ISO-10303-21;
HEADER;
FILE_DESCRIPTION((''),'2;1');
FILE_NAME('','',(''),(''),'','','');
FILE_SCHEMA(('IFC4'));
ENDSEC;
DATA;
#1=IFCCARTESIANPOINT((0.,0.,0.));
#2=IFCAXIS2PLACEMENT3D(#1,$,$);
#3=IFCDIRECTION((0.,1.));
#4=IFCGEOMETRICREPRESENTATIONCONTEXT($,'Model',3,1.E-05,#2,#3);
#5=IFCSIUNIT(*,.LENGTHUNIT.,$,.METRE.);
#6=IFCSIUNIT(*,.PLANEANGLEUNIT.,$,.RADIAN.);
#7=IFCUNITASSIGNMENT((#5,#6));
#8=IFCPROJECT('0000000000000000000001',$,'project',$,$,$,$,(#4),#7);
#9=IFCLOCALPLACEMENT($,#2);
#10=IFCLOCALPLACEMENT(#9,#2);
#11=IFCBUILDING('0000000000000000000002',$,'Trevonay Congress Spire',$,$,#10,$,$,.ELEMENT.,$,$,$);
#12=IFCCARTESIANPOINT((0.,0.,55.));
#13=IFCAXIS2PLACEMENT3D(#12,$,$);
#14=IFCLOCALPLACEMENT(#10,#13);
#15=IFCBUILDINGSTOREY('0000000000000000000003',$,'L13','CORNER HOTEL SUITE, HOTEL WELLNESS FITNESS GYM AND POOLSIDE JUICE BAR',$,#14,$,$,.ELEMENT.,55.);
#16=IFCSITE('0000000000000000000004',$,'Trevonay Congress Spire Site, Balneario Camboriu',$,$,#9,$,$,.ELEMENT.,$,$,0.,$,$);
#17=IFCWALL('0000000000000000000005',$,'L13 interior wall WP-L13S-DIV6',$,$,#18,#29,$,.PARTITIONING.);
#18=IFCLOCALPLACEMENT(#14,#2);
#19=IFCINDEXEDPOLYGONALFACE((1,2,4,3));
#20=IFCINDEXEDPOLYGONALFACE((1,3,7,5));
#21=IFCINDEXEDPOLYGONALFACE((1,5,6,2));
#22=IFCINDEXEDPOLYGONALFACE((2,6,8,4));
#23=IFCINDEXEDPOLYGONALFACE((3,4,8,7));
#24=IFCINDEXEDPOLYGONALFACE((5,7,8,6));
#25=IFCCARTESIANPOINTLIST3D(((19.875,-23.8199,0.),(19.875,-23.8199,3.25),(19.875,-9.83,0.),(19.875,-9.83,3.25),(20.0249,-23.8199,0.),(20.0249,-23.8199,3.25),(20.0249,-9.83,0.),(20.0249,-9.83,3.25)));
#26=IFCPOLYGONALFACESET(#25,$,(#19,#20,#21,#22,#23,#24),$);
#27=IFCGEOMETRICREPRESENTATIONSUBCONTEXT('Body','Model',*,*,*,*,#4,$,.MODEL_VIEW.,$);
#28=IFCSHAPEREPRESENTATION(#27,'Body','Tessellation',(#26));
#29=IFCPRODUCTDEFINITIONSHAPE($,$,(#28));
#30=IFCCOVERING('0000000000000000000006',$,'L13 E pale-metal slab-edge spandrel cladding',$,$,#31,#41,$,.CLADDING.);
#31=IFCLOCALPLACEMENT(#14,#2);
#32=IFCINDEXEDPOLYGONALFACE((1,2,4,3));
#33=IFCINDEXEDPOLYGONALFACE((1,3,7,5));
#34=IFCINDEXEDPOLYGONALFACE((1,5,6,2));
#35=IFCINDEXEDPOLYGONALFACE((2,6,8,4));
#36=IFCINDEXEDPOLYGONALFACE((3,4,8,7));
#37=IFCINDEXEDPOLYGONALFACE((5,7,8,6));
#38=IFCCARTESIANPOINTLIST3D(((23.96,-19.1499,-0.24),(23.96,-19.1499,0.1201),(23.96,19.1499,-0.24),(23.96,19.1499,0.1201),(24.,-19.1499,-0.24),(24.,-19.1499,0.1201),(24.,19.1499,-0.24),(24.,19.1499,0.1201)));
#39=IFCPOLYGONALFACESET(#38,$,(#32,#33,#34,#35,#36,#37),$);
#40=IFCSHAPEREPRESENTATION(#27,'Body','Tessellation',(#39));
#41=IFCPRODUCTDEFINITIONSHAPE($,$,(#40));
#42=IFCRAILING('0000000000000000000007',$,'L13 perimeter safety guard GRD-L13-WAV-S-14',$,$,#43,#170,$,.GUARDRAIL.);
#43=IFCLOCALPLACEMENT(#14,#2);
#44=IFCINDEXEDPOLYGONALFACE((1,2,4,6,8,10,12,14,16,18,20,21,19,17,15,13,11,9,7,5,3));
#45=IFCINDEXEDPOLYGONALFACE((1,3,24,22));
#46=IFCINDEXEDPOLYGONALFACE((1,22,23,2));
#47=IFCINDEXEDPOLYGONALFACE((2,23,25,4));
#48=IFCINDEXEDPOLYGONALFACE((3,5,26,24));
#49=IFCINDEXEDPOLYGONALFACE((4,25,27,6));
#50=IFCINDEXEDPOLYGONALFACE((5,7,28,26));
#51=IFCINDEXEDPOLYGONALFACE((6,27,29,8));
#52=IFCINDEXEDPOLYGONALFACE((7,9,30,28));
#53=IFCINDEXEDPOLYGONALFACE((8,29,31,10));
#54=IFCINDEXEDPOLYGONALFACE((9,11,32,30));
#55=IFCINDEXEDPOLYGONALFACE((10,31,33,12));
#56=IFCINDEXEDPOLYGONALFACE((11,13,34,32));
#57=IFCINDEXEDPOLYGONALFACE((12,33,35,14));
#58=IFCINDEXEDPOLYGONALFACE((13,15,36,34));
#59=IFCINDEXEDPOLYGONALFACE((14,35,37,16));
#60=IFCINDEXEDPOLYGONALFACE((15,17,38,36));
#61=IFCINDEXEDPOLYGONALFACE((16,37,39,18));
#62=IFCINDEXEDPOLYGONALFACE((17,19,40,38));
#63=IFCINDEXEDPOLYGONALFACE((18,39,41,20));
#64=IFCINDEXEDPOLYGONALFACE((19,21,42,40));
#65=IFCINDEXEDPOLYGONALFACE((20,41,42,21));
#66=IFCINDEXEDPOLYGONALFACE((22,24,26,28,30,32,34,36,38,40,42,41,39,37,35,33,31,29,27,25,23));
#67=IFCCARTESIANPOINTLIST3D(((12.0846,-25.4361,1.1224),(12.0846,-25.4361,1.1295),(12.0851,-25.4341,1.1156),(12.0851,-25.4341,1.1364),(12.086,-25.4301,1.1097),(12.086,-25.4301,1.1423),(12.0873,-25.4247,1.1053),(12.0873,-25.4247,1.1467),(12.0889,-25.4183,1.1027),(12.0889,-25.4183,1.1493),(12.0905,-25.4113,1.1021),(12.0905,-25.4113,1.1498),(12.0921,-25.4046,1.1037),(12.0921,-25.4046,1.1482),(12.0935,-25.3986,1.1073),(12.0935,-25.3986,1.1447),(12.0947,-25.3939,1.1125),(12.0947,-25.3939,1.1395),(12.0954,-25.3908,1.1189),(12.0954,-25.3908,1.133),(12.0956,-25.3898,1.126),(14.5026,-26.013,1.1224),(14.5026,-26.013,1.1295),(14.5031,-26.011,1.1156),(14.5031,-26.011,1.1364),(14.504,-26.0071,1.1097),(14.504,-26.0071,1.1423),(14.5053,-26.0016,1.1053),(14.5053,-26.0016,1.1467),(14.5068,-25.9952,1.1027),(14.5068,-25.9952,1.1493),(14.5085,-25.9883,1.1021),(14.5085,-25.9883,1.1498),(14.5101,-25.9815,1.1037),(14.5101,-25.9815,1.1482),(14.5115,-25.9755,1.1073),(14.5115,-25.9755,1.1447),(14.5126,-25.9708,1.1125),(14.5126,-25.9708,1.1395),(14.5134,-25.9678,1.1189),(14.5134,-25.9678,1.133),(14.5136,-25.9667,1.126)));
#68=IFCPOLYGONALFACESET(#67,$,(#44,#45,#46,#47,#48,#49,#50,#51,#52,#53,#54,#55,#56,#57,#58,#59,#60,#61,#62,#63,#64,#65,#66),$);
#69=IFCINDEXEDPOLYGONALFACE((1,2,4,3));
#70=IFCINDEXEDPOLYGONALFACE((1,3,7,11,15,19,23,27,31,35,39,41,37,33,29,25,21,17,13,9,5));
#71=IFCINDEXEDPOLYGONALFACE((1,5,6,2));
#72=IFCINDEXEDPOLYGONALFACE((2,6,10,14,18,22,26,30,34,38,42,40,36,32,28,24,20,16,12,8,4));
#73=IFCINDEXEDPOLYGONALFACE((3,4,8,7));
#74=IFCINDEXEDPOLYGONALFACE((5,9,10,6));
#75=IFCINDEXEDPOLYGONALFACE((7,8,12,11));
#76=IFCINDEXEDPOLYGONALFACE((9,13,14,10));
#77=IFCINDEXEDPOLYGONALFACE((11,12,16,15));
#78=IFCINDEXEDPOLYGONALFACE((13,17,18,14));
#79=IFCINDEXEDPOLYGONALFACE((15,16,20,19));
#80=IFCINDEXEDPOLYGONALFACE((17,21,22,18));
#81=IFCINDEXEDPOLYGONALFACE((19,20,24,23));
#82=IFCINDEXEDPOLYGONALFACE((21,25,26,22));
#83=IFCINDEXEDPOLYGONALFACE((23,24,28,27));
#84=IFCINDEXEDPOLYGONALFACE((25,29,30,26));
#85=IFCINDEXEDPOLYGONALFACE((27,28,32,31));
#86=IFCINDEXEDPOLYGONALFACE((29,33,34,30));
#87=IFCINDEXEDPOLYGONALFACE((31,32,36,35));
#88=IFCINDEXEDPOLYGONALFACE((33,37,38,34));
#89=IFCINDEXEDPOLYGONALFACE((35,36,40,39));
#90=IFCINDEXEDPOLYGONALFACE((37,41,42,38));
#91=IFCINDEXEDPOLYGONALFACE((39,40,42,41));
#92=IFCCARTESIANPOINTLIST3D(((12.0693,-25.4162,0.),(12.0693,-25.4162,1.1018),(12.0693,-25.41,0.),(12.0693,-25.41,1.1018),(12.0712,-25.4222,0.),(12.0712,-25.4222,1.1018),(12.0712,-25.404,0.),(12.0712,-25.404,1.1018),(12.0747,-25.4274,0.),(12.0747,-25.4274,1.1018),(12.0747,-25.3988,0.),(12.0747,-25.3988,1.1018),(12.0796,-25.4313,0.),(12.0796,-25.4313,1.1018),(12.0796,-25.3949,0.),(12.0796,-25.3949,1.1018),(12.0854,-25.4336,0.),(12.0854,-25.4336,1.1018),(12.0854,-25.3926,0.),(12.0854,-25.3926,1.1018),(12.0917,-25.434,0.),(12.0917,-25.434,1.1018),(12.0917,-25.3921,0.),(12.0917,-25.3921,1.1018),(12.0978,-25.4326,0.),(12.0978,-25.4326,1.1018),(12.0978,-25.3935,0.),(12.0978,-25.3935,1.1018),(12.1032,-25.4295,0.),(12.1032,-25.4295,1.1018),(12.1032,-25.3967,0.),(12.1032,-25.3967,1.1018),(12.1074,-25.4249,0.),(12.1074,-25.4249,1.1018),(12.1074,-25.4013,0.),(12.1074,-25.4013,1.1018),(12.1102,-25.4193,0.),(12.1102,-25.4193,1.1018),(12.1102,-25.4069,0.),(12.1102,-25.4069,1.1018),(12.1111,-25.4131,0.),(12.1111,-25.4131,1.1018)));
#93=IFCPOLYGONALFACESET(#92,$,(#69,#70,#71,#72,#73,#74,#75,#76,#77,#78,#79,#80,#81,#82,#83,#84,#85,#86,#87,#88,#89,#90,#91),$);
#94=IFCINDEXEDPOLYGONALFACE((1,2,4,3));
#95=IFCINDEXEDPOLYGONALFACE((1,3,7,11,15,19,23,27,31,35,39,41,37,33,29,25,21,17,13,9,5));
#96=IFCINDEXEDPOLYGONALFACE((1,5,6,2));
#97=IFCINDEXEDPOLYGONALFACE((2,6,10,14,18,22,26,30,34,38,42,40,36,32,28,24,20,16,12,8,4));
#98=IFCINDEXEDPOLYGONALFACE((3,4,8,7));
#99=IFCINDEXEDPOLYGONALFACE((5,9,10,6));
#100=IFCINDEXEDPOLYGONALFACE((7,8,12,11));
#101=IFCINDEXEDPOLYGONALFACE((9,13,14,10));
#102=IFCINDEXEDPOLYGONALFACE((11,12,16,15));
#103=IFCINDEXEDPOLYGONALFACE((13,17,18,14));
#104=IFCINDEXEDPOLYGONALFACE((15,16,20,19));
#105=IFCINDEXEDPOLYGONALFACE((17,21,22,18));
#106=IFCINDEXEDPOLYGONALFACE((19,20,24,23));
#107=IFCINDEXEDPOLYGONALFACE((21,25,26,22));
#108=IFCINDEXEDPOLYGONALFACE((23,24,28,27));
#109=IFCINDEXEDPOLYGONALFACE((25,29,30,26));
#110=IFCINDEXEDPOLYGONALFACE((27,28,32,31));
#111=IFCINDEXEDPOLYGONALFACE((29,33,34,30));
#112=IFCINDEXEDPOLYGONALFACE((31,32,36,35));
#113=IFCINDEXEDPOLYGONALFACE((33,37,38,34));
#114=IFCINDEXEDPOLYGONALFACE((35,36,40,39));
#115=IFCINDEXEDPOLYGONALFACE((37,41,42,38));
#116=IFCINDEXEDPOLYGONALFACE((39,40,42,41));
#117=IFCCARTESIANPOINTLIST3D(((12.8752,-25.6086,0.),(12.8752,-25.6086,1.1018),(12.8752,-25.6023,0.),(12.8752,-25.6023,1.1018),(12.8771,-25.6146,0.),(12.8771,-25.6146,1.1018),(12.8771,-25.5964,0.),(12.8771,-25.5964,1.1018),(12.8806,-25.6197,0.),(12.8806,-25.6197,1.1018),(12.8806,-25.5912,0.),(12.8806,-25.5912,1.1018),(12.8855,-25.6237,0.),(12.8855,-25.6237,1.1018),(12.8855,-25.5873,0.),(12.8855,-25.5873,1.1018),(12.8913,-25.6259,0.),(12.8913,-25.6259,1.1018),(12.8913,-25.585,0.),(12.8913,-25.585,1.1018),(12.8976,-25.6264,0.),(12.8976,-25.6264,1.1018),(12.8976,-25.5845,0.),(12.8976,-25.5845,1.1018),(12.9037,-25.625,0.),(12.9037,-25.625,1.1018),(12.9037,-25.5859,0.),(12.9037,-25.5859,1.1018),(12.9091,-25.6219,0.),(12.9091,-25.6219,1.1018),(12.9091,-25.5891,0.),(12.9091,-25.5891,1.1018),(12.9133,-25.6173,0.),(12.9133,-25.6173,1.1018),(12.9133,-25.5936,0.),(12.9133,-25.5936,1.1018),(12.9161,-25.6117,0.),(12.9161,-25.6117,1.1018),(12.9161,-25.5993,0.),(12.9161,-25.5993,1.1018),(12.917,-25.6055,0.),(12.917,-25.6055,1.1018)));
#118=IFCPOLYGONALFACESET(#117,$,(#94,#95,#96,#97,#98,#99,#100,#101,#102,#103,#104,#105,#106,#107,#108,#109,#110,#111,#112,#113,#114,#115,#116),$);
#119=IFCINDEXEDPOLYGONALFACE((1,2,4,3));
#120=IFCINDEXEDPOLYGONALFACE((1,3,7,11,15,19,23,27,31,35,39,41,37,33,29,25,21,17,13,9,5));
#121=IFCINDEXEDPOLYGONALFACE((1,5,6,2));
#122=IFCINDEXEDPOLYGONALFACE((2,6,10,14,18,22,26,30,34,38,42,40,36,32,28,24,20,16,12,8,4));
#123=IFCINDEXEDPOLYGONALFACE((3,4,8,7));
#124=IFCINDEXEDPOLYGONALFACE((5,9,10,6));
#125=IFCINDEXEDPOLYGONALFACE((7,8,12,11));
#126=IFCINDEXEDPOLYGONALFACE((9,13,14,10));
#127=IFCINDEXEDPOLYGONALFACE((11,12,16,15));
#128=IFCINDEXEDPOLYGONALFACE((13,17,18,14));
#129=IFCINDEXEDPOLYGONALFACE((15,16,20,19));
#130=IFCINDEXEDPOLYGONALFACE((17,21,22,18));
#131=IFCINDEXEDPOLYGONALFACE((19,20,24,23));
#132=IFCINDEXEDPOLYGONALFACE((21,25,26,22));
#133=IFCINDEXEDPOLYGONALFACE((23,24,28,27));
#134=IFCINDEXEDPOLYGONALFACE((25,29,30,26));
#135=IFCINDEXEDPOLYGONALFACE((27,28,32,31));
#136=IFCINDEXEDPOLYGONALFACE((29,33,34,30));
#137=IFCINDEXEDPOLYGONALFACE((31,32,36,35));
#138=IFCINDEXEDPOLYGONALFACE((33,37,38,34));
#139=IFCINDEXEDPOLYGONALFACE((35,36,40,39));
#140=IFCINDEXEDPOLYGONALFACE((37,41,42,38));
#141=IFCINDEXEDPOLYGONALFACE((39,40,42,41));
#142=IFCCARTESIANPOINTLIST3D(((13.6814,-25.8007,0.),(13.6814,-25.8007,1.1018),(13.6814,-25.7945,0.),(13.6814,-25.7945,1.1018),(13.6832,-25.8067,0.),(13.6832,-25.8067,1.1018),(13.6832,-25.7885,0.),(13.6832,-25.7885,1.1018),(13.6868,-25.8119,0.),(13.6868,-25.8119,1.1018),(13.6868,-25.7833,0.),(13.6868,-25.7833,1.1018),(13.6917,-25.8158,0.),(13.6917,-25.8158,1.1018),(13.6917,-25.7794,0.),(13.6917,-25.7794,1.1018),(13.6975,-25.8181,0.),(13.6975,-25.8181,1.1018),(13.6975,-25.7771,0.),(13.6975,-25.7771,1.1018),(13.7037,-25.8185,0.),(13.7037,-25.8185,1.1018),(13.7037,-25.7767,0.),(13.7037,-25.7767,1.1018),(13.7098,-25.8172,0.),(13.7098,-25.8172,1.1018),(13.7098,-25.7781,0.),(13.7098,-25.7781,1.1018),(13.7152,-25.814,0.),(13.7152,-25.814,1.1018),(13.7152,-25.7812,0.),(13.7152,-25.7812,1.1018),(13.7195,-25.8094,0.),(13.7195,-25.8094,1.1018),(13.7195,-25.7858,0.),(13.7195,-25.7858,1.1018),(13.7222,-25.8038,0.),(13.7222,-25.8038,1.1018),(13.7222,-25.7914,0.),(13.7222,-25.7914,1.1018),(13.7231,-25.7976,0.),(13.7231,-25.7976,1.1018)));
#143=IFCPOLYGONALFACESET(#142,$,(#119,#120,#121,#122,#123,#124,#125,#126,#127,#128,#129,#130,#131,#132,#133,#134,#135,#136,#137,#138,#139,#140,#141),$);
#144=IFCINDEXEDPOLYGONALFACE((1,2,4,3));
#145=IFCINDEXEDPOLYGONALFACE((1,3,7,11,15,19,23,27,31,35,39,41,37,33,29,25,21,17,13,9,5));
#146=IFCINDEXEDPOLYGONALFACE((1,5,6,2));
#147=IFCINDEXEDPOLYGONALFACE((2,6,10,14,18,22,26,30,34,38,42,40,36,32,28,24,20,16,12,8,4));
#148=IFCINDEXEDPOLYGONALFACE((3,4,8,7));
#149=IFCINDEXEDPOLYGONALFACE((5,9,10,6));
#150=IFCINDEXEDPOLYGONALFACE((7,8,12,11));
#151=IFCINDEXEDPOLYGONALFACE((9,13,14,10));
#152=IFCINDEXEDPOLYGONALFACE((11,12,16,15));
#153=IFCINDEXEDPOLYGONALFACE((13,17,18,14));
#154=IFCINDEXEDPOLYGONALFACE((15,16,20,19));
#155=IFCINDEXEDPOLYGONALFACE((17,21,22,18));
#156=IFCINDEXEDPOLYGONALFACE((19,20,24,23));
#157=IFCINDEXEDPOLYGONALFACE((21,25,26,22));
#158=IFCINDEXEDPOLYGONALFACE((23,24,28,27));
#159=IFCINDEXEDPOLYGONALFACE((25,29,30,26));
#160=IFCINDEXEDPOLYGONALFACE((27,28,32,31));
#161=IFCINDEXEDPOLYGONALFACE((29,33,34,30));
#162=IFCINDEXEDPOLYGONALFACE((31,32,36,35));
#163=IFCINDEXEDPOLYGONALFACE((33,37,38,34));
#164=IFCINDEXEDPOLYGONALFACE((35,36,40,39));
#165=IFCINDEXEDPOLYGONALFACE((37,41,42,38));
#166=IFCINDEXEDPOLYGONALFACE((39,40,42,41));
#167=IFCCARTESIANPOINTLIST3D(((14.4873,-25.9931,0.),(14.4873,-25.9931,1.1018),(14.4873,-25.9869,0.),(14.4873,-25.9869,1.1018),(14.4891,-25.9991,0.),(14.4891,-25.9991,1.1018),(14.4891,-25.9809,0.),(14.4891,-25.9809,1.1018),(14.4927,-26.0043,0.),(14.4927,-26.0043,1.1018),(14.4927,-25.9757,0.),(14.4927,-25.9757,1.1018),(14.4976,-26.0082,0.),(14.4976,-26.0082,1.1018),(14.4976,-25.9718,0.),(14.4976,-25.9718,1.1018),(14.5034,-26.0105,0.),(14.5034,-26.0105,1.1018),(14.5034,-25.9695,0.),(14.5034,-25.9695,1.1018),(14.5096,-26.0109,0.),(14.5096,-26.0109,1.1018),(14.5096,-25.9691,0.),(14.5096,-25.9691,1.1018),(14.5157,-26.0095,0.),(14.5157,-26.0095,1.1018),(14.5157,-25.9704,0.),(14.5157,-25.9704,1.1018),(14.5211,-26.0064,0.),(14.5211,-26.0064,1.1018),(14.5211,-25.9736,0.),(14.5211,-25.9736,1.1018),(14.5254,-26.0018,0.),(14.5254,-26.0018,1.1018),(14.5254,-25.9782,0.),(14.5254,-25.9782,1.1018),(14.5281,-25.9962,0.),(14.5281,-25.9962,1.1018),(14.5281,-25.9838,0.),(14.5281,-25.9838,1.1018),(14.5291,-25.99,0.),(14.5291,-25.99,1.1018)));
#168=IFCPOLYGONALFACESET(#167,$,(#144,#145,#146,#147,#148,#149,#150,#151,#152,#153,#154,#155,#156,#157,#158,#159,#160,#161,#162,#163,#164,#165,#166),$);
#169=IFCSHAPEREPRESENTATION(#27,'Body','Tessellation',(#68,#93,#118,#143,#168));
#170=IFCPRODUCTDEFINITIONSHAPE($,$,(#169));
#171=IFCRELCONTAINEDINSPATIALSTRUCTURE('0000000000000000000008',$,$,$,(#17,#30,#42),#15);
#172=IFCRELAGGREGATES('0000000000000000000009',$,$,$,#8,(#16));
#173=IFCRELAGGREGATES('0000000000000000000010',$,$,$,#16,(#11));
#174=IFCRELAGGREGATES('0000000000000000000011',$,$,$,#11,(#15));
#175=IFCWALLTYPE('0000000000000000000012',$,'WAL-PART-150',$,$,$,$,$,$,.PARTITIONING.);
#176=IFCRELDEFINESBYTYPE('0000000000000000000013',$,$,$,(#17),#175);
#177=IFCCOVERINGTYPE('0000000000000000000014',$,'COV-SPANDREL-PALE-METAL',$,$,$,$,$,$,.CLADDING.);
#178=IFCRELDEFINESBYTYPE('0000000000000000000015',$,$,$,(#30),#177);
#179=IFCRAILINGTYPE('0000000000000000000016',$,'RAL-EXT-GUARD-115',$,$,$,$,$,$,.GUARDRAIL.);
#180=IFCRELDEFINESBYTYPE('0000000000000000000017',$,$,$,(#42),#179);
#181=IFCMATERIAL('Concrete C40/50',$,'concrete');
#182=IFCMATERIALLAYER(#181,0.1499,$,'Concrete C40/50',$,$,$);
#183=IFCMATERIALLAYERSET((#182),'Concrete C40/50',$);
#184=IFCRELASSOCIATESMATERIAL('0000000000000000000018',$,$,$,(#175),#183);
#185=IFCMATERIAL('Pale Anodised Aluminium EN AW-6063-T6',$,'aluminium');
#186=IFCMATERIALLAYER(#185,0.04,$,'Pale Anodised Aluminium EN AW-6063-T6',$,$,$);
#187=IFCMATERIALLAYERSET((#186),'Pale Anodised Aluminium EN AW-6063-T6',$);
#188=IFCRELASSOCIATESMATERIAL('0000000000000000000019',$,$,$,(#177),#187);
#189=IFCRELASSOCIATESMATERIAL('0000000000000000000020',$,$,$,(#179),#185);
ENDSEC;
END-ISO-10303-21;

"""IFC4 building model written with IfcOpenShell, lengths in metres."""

from ifc_helpers import new_model, si_unit, direction, frame, frame_2d, origin, origin_2d, place, context, subcontext, project, spatial, rectangle, circle, extrude, material, layer, layer_set, type_object, element, save


model = new_model("IFC4")

# Units and contexts
model_context = context("Model", 3, precision=1e-05, world=origin(), true_north=direction((0.0, 1.0)))
body_context = subcontext(model_context, "Body", "Model", "MODEL_VIEW")
ifc_project = project(units=[si_unit("LENGTHUNIT", "METRE"), si_unit("PLANEANGLEUNIT", "RADIAN")], contexts=[model_context])

# Site, building, storey
site_placement = place(None, origin())
site = spatial("IfcSite", under=ifc_project, at=site_placement, Name="Trevonay Congress Spire Site, Balneario Camboriu", CompositionType="ELEMENT", RefElevation=0.0)
building_placement = place(site_placement, origin())
building = spatial("IfcBuilding", under=site, at=building_placement, Name="Trevonay Congress Spire", CompositionType="ELEMENT")
storey_placement = place(building_placement, frame((0.0, 0.0, 55.0)))
storey = spatial("IfcBuildingStorey", under=building, at=storey_placement, Name="L13", Description="CORNER HOTEL SUITE, HOTEL WELLNESS FITNESS GYM AND POOLSIDE JUICE BAR", CompositionType="ELEMENT", Elevation=55.0)

# Shared definitions
ifc_material_1 = material(Name="Pale Anodised Aluminium EN AW-6063-T6", Category="aluminium")

# Wall
ifc_material_2 = material(Name="Concrete C40/50", Category="concrete")
ifc_layer_1 = layer(ifc_material_2, 0.1499, Name="Concrete C40/50")
ifc_layer_set_1 = layer_set([ifc_layer_1], Name="Concrete C40/50")
wall_type_1 = type_object("IfcWallType", Name="WAL-PART-150", PredefinedType="PARTITIONING", material=ifc_layer_set_1)
wall_1_placement = place(storey_placement, frame((19.95, -23.8201, 0.0), z_axis=(0.0, 0.0, 1.0), x_axis=(0.0, 1.0, 0.0)))
element("IfcWall", 1, at=wall_1_placement, inside=storey, type_object=wall_type_1, Name="L13 interior wall WP-L13S-DIV6", PredefinedType="PARTITIONING", context=body_context, shape_type="SweptSolid", body=[
    extrude(rectangle(XDim=13.99, YDim=0.1499, at=frame_2d((6.9951, 0.0))), origin(), (0.0, 0.0, 1.0), 3.25),
])

# Covering
ifc_layer_2 = layer(ifc_material_1, 0.04, Name="Pale Anodised Aluminium EN AW-6063-T6")
ifc_layer_set_2 = layer_set([ifc_layer_2], Name="Pale Anodised Aluminium EN AW-6063-T6")
covering_type = type_object("IfcCoveringType", Name="COV-SPANDREL-PALE-METAL", PredefinedType="CLADDING", material=ifc_layer_set_2)
covering_placement = place(storey_placement, frame((23.98, -19.1499, -0.24), z_axis=(0.0, 0.0, 1.0), x_axis=(0.0, 1.0, 0.0)))
element("IfcCovering", 2, at=covering_placement, inside=storey, type_object=covering_type, Name="L13 E pale-metal slab-edge spandrel cladding", PredefinedType="CLADDING", context=body_context, shape_type="SweptSolid", body=[
    extrude(rectangle(XDim=38.2998, YDim=0.04, at=frame_2d((19.1499, 0.0))), origin(), (0.0, 0.0, 1.0), 0.3601),
])

# Railing
railing_type = type_object("IfcRailingType", Name="RAL-EXT-GUARD-115", PredefinedType="GUARDRAIL", material=ifc_material_1)
railing_1_placement = place(storey_placement, frame((12.0901, -25.4131, 0.0)))
element("IfcRailing", 3, at=railing_1_placement, inside=storey, type_object=railing_type, Name="L13 perimeter safety guard GRD-L13-WAV-S-14", PredefinedType="GUARDRAIL", context=body_context, shape_type="SweptSolid", body=[
    extrude(circle(Radius=0.0239, at=origin_2d()), frame((0.0, 0.0, 1.126), z_axis=(0.972698, -0.232076, 0.0), x_axis=(0.232076, 0.972698, 0.0)), (0.0, 0.0, 1.0), 2.4858),
    extrude(circle(Radius=0.021, at=origin_2d()), origin(), (0.0, 0.0, 1.0), 1.1018),
    extrude(circle(Radius=0.021, at=origin_2d()), frame((0.8059, -0.1924, 0.0)), (0.0, 0.0, 1.0), 1.1018),
    extrude(circle(Radius=0.021, at=origin_2d()), frame((1.6121, -0.3845, 0.0)), (0.0, 0.0, 1.0), 1.1018),
    extrude(circle(Radius=0.021, at=origin_2d()), frame((2.418, -0.5769, 0.0)), (0.0, 0.0, 1.0), 1.1018),
])

save(model, "model.ifc")
